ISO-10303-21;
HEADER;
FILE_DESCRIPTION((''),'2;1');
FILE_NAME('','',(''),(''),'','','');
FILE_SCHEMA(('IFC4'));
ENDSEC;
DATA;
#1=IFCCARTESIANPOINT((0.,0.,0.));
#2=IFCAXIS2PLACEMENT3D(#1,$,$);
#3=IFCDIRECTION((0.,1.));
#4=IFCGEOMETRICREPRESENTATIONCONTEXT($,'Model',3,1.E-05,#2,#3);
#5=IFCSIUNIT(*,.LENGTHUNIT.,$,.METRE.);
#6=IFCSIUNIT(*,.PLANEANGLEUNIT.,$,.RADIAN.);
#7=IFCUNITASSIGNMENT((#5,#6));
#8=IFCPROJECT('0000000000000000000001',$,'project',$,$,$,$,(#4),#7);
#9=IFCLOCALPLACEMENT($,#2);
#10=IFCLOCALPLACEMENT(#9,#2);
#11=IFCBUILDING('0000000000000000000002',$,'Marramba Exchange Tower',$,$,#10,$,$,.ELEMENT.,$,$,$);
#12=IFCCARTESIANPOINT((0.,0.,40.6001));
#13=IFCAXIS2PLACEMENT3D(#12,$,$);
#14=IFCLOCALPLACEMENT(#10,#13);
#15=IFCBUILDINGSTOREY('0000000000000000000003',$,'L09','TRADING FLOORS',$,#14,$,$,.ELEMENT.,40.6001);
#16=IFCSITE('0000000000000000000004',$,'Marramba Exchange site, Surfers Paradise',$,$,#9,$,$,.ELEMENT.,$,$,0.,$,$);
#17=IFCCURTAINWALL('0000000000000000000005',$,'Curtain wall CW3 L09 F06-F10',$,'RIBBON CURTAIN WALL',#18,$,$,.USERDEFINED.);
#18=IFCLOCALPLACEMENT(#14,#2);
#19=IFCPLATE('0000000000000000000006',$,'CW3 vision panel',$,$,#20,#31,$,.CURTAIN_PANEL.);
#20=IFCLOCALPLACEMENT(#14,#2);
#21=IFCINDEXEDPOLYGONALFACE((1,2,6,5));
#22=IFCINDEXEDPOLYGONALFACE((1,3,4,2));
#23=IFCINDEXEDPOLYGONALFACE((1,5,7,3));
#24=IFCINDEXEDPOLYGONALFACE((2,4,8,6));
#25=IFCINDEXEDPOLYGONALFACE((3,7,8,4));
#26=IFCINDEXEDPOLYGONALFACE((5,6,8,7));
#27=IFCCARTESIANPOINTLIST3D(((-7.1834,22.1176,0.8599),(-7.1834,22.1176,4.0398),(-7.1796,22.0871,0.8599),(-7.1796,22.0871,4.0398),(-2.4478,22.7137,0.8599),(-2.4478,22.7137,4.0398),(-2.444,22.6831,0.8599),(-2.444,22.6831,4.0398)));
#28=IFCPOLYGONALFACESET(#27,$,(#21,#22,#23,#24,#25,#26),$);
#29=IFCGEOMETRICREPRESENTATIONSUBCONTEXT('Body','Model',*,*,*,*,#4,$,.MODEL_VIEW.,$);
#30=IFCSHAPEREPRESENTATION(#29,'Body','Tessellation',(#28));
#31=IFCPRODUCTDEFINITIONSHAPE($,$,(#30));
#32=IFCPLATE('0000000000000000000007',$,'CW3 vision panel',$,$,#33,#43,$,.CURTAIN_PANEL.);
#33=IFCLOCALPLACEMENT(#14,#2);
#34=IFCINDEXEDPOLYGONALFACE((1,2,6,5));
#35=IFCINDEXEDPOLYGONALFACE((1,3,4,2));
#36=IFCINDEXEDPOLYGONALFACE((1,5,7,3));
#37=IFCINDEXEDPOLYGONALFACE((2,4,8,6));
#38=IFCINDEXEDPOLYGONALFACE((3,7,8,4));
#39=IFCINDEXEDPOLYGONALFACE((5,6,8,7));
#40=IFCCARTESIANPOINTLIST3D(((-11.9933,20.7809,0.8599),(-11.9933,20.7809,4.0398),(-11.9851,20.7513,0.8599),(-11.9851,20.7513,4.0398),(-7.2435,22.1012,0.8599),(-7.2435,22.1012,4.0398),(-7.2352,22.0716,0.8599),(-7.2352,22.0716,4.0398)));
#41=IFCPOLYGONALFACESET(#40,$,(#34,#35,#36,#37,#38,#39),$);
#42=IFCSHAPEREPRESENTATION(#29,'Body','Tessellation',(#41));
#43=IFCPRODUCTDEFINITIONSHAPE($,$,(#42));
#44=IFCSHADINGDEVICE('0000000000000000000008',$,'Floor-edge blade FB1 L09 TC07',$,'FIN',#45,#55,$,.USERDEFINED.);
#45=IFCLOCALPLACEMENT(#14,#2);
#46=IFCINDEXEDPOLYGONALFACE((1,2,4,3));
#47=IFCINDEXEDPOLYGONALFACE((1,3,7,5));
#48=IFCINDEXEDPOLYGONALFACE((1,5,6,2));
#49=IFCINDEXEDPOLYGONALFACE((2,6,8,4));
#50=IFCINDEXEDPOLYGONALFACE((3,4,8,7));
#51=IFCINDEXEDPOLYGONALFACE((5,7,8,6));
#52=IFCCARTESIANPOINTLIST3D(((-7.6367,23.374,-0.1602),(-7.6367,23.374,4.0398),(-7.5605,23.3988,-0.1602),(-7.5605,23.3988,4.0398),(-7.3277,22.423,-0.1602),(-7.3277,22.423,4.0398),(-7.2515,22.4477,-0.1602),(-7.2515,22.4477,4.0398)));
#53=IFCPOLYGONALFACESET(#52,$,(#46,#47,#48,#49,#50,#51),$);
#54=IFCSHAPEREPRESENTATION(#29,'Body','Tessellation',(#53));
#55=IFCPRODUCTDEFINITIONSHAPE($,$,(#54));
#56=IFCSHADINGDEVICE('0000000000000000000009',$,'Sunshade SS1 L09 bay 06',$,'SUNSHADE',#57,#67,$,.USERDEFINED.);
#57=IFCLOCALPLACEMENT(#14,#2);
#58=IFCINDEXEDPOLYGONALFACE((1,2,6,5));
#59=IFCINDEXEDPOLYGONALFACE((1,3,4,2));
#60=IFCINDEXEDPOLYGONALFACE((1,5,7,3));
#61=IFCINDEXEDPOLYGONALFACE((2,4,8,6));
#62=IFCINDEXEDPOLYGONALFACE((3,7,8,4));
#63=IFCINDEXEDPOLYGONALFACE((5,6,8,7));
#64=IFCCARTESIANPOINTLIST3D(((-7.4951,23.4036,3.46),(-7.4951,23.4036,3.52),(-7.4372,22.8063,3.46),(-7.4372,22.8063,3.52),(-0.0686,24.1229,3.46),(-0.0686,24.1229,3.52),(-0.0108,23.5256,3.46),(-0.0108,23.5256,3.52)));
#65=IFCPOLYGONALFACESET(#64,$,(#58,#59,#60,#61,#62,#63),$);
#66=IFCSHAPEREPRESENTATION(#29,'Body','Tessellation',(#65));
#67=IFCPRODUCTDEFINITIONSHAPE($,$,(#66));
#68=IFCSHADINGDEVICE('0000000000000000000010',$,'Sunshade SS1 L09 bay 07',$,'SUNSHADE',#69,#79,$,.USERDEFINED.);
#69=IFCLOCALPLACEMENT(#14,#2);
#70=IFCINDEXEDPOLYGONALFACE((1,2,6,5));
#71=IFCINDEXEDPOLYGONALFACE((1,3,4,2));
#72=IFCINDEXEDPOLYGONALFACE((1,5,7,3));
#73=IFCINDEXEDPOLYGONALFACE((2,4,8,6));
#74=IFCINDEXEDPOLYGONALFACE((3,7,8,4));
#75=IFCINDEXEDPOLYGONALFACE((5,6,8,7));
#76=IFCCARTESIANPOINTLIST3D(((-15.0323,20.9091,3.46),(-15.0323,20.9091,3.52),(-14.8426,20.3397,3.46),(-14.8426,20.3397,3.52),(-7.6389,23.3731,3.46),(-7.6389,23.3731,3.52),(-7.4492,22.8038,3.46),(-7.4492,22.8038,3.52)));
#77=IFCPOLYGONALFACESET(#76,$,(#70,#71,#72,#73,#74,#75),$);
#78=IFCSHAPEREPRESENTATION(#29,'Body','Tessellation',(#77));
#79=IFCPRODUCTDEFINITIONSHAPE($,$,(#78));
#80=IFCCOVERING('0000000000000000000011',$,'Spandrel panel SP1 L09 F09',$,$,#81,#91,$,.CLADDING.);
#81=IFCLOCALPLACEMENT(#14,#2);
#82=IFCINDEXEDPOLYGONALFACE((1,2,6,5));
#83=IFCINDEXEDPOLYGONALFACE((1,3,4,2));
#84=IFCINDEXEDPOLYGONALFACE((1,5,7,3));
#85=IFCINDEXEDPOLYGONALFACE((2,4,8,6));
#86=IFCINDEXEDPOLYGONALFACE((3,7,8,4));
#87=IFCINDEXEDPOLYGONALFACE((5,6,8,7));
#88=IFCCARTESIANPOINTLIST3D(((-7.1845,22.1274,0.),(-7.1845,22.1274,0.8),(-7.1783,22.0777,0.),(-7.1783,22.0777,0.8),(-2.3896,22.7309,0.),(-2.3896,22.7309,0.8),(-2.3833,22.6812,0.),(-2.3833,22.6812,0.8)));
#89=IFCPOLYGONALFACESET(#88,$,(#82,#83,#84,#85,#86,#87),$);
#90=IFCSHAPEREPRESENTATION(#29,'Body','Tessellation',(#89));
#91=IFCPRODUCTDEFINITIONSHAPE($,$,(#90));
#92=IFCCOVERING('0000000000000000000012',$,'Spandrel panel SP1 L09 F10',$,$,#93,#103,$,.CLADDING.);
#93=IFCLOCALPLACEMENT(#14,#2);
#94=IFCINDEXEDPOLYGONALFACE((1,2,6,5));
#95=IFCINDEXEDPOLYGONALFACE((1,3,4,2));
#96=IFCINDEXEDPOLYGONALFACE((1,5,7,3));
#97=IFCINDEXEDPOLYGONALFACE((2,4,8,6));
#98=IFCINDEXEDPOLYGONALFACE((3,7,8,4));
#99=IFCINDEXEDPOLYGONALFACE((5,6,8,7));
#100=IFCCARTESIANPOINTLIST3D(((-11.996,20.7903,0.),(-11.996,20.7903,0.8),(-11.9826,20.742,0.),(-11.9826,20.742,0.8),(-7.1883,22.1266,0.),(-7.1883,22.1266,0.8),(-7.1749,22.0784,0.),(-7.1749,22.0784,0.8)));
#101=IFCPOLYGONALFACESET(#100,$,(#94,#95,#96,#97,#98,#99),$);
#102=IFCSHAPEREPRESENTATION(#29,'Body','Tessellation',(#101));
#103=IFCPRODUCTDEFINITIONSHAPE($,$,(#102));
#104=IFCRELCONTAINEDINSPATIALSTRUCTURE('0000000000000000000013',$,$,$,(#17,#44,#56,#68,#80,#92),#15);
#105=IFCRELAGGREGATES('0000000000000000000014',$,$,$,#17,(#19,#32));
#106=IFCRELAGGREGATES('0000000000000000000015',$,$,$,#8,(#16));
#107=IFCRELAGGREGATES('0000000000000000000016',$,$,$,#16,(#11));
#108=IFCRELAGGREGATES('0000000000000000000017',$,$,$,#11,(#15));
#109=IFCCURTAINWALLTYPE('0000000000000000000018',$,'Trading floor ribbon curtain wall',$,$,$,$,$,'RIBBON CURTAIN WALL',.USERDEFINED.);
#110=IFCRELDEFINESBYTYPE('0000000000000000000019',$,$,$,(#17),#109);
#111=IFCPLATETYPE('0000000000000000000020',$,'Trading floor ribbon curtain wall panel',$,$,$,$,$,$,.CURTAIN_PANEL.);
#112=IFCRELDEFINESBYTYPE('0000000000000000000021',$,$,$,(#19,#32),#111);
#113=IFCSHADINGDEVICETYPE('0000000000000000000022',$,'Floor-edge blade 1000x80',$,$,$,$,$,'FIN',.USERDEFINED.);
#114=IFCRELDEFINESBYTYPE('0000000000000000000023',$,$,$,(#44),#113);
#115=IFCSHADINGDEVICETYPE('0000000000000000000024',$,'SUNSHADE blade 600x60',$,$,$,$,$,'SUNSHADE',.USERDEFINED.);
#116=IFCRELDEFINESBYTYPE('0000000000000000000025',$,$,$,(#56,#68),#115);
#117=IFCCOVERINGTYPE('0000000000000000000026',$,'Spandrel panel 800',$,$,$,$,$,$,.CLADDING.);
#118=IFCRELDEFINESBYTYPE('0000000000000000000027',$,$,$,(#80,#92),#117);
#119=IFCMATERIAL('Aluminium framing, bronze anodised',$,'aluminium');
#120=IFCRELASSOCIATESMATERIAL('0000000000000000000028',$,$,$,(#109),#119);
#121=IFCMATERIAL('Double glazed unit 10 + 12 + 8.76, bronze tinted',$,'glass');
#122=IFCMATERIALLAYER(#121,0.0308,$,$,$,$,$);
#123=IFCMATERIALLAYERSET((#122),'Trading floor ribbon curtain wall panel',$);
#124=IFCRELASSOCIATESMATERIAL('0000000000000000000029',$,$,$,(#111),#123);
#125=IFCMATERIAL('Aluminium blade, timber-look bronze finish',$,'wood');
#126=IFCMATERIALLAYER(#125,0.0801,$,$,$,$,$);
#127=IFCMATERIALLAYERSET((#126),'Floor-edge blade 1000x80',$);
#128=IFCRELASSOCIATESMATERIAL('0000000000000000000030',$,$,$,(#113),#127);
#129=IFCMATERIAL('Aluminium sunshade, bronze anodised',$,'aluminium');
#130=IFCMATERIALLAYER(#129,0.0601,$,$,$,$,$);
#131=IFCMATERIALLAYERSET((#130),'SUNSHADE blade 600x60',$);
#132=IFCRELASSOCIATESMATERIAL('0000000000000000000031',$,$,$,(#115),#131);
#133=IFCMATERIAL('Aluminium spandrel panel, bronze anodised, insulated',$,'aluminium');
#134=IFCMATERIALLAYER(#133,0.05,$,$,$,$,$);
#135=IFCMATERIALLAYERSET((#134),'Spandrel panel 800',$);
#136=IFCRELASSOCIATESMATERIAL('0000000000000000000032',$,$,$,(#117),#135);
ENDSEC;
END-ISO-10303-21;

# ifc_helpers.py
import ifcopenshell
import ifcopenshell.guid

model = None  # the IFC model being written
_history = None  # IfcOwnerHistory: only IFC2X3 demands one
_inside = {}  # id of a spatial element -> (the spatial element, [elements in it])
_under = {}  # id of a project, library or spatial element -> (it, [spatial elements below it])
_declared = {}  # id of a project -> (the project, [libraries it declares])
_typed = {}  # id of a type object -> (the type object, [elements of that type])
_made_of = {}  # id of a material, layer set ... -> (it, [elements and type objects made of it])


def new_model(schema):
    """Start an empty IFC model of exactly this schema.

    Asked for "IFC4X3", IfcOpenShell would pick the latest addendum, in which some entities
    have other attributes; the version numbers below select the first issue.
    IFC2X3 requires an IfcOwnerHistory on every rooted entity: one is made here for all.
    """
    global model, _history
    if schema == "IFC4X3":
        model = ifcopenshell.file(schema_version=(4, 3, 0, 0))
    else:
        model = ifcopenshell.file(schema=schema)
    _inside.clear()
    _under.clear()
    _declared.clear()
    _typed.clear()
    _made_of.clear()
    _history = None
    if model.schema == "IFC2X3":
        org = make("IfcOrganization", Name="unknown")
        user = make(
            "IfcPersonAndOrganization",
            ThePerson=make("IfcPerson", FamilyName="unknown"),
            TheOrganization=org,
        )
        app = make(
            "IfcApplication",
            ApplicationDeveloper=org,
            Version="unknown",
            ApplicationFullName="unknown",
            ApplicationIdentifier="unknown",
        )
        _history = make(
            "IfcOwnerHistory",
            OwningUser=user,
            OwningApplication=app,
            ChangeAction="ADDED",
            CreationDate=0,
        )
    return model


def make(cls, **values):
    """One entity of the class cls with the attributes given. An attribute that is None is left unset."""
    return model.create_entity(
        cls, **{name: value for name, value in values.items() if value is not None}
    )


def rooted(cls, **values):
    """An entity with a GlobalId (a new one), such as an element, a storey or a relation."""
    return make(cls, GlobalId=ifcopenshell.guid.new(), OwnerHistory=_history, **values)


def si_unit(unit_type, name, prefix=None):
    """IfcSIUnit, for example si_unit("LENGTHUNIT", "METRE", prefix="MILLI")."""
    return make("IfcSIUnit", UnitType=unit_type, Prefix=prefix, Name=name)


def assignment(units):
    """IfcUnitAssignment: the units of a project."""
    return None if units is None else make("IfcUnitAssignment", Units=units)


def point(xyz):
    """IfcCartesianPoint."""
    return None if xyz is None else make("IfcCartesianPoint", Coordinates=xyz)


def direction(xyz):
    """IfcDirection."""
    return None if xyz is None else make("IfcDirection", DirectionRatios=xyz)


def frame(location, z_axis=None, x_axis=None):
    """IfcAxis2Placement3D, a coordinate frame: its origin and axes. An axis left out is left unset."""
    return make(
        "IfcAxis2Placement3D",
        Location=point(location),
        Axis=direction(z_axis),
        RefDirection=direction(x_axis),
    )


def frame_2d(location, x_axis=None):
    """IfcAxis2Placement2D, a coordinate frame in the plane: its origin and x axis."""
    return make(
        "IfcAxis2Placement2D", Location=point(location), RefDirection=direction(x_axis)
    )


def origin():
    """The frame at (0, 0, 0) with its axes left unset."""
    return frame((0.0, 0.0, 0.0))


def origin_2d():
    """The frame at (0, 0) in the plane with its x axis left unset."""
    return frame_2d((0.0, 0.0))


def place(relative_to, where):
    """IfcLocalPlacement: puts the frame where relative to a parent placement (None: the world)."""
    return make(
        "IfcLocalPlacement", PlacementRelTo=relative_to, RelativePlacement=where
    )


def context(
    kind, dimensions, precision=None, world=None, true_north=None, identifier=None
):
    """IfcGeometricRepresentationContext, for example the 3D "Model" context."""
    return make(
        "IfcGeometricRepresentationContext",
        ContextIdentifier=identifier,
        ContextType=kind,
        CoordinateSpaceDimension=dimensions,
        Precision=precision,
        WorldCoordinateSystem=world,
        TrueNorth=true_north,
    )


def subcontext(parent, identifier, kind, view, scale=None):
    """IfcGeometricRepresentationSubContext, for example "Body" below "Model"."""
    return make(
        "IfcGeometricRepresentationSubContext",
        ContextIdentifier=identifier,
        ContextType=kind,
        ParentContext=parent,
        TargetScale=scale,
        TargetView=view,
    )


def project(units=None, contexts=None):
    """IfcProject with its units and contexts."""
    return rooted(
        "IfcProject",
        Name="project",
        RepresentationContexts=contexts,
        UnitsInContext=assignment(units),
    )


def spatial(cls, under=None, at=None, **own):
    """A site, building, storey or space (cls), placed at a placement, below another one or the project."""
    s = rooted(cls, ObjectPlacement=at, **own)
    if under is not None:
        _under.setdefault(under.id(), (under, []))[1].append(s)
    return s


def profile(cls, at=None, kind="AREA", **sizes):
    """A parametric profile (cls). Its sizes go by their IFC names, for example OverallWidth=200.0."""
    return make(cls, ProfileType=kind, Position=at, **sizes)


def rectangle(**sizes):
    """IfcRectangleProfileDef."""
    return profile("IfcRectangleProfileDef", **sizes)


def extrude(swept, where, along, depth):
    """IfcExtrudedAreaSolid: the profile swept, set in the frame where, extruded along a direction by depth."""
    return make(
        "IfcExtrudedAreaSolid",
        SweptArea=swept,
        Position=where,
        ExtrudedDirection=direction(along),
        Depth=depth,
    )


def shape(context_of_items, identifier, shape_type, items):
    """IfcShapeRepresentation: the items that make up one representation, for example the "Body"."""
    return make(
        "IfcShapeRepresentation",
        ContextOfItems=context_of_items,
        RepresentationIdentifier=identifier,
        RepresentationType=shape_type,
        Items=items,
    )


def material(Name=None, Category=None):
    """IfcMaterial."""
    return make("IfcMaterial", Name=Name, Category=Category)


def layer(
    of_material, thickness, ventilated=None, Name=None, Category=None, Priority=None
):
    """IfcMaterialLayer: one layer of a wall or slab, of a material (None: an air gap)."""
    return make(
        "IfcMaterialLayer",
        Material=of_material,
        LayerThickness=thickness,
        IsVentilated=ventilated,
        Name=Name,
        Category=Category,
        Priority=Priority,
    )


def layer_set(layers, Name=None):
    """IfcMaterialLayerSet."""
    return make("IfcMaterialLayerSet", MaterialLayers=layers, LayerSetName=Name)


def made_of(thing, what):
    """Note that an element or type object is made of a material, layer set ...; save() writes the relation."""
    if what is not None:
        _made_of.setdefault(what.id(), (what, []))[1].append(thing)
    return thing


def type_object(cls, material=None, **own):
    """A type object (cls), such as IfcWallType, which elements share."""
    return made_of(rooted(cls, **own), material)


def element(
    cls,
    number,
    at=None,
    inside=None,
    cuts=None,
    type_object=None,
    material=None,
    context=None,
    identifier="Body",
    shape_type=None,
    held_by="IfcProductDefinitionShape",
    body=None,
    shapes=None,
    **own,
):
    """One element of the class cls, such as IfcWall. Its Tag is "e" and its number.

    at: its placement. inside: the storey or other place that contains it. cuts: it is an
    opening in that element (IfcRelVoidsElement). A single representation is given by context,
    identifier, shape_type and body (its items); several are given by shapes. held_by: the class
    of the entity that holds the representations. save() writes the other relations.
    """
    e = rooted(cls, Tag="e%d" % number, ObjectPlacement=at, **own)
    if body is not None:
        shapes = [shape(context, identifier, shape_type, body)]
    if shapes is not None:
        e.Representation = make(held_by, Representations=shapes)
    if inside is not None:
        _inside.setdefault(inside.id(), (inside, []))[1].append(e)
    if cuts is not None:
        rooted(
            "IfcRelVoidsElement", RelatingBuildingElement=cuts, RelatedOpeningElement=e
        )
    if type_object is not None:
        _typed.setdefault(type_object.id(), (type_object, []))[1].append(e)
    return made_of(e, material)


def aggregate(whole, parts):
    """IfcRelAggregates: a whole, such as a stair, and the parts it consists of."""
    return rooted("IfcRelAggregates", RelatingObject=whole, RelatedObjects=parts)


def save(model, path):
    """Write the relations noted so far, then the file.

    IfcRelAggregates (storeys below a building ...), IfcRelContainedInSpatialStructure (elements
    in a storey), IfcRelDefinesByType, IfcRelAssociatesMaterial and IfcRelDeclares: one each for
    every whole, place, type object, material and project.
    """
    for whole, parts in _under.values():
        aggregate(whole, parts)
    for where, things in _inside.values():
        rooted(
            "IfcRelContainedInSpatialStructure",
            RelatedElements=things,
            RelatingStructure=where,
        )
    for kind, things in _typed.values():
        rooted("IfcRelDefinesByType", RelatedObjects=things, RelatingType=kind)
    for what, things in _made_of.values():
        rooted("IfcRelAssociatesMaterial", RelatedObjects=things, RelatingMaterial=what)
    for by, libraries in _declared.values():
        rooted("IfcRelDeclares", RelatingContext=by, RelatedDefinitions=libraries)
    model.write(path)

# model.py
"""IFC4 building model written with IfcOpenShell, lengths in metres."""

from ifc_helpers import new_model, si_unit, direction, frame, origin, origin_2d, place, context, subcontext, project, spatial, rectangle, extrude, material, layer, layer_set, type_object, element, aggregate, save


model = new_model("IFC4")

# Units and contexts
model_context = context("Model", 3, precision=1e-05, world=origin(), true_north=direction((0.0, 1.0)))
body_context = subcontext(model_context, "Body", "Model", "MODEL_VIEW")
ifc_project = project(units=[si_unit("LENGTHUNIT", "METRE"), si_unit("PLANEANGLEUNIT", "RADIAN")], contexts=[model_context])

# Site, building, storey
site_placement = place(None, origin())
site = spatial("IfcSite", under=ifc_project, at=site_placement, Name="Marramba Exchange site, Surfers Paradise", CompositionType="ELEMENT", RefElevation=0.0)
building_placement = place(site_placement, origin())
building = spatial("IfcBuilding", under=site, at=building_placement, Name="Marramba Exchange Tower", CompositionType="ELEMENT")
storey_placement = place(building_placement, frame((0.0, 0.0, 40.6001)))
storey = spatial("IfcBuildingStorey", under=building, at=storey_placement, Name="L09", Description="TRADING FLOORS", CompositionType="ELEMENT", Elevation=40.6001)

# Curtain wall
ifc_material_1 = material(Name="Aluminium framing, bronze anodised", Category="aluminium")
curtain_wall_type = type_object("IfcCurtainWallType", Name="Trading floor ribbon curtain wall", ElementType="RIBBON CURTAIN WALL", PredefinedType="USERDEFINED", material=ifc_material_1)
curtain_wall_1_placement = place(storey_placement, origin())
curtain_wall_1 = element("IfcCurtainWall", 1, at=curtain_wall_1_placement, inside=storey, type_object=curtain_wall_type, Name="Curtain wall CW3 L09 F06-F10", ObjectType="RIBBON CURTAIN WALL", PredefinedType="USERDEFINED")

# Plates
ifc_material_2 = material(Name="Double glazed unit 10 + 12 + 8.76, bronze tinted", Category="glass")
ifc_layer_1 = layer(ifc_material_2, 0.0308)
ifc_layer_set_1 = layer_set([ifc_layer_1], Name="Trading floor ribbon curtain wall panel")
plate_type = type_object("IfcPlateType", Name="Trading floor ribbon curtain wall panel", PredefinedType="CURTAIN_PANEL", material=ifc_layer_set_1)
plate_1_placement = place(storey_placement, frame((-4.8137, 22.4004, 0.8599), z_axis=(0.0, 0.0, 1.0), x_axis=(-0.992173, -0.124873, 0.0)))
plate_1 = element("IfcPlate", 2, at=plate_1_placement, type_object=plate_type, Name="CW3 vision panel", PredefinedType="CURTAIN_PANEL", context=body_context, shape_type="SweptSolid", body=[
    extrude(rectangle(XDim=4.7729, YDim=0.0308, at=origin_2d()), origin(), (0.0, 0.0, 1.0), 3.1799),
])
plate_2_placement = place(storey_placement, frame((-9.6143, 21.4263, 0.8599), z_axis=(0.0, 0.0, 1.0), x_axis=(-0.963472, -0.267809, 0.0)))
plate_2 = element("IfcPlate", 3, at=plate_2_placement, type_object=plate_type, Name="CW3 vision panel", PredefinedType="CURTAIN_PANEL", context=body_context, shape_type="SweptSolid", body=[
    extrude(rectangle(XDim=4.9299, YDim=0.0308, at=origin_2d()), origin(), (0.0, 0.0, 1.0), 3.1799),
])
aggregate(curtain_wall_1, [plate_1, plate_2])

# Shading devices
ifc_material_3 = material(Name="Aluminium blade, timber-look bronze finish", Category="wood")
ifc_layer_2 = layer(ifc_material_3, 0.0801)
ifc_layer_set_2 = layer_set([ifc_layer_2], Name="Floor-edge blade 1000x80")
shading_device_type_1 = type_object("IfcShadingDeviceType", Name="Floor-edge blade 1000x80", ElementType="FIN", PredefinedType="USERDEFINED", material=ifc_layer_set_2)
shading_device_1_placement = place(storey_placement, frame((-7.4441, 22.9109, -0.1602), z_axis=(0.0, 0.0, 1.0), x_axis=(-0.309017, 0.951057, 0.0)))
element("IfcShadingDevice", 4, at=shading_device_1_placement, inside=storey, type_object=shading_device_type_1, Name="Floor-edge blade FB1 L09 TC07", ObjectType="FIN", PredefinedType="USERDEFINED", context=body_context, shape_type="SweptSolid", body=[
    extrude(rectangle(XDim=1.0, YDim=0.0801, at=origin_2d()), origin(), (0.0, 0.0, 1.0), 4.2),
])
ifc_material_4 = material(Name="Aluminium sunshade, bronze anodised", Category="aluminium")
ifc_layer_3 = layer(ifc_material_4, 0.0601)
ifc_layer_set_3 = layer_set([ifc_layer_3], Name="SUNSHADE blade 600x60")
shading_device_type_2 = type_object("IfcShadingDeviceType", Name="SUNSHADE blade 600x60", ElementType="SUNSHADE", PredefinedType="USERDEFINED", material=ifc_layer_set_3)
shading_device_2_placement = place(storey_placement, frame((-3.7529, 23.4646, 3.46), z_axis=(0.0, 0.0, 1.0), x_axis=(-0.995343, -0.096398, 0.0)))
element("IfcShadingDevice", 5, at=shading_device_2_placement, inside=storey, type_object=shading_device_type_2, Name="Sunshade SS1 L09 bay 06", ObjectType="SUNSHADE", PredefinedType="USERDEFINED", context=body_context, shape_type="SweptSolid", body=[
    extrude(rectangle(XDim=7.4612, YDim=0.6001, at=origin_2d()), origin(), (0.0, 0.0, 1.0), 0.0601),
])
shading_device_3_placement = place(storey_placement, frame((-11.2407, 21.8564, 3.46), z_axis=(0.0, 0.0, 1.0), x_axis=(-0.948698, -0.316184, 0.0)))
element("IfcShadingDevice", 6, at=shading_device_3_placement, inside=storey, type_object=shading_device_type_2, Name="Sunshade SS1 L09 bay 07", ObjectType="SUNSHADE", PredefinedType="USERDEFINED", context=body_context, shape_type="SweptSolid", body=[
    extrude(rectangle(XDim=7.7932, YDim=0.6001, at=origin_2d()), origin(), (0.0, 0.0, 1.0), 0.0601),
])

# Coverings
ifc_material_5 = material(Name="Aluminium spandrel panel, bronze anodised, insulated", Category="aluminium")
ifc_layer_4 = layer(ifc_material_5, 0.05)
ifc_layer_set_4 = layer_set([ifc_layer_4], Name="Spandrel panel 800")
covering_type = type_object("IfcCoveringType", Name="Spandrel panel 800", PredefinedType="CLADDING", material=ifc_layer_set_4)
covering_1_placement = place(storey_placement, frame((-4.7839, 22.4043, 0.0), z_axis=(0.0, 0.0, 1.0), x_axis=(-0.992173, -0.124873, 0.0)))
element("IfcCovering", 7, at=covering_1_placement, inside=storey, type_object=covering_type, Name="Spandrel panel SP1 L09 F09", PredefinedType="CLADDING", context=body_context, shape_type="SweptSolid", body=[
    extrude(rectangle(XDim=4.8328, YDim=0.05, at=origin_2d()), origin(), (0.0, 0.0, 1.0), 0.8),
])
covering_2_placement = place(storey_placement, frame((-9.5854, 21.4343, 0.0), z_axis=(0.0, 0.0, 1.0), x_axis=(-0.963472, -0.267809, 0.0)))
element("IfcCovering", 8, at=covering_2_placement, inside=storey, type_object=covering_type, Name="Spandrel panel SP1 L09 F10", PredefinedType="CLADDING", context=body_context, shape_type="SweptSolid", body=[
    extrude(rectangle(XDim=4.99, YDim=0.05, at=origin_2d()), origin(), (0.0, 0.0, 1.0), 0.8),
])

save(model, "model.ifc")
